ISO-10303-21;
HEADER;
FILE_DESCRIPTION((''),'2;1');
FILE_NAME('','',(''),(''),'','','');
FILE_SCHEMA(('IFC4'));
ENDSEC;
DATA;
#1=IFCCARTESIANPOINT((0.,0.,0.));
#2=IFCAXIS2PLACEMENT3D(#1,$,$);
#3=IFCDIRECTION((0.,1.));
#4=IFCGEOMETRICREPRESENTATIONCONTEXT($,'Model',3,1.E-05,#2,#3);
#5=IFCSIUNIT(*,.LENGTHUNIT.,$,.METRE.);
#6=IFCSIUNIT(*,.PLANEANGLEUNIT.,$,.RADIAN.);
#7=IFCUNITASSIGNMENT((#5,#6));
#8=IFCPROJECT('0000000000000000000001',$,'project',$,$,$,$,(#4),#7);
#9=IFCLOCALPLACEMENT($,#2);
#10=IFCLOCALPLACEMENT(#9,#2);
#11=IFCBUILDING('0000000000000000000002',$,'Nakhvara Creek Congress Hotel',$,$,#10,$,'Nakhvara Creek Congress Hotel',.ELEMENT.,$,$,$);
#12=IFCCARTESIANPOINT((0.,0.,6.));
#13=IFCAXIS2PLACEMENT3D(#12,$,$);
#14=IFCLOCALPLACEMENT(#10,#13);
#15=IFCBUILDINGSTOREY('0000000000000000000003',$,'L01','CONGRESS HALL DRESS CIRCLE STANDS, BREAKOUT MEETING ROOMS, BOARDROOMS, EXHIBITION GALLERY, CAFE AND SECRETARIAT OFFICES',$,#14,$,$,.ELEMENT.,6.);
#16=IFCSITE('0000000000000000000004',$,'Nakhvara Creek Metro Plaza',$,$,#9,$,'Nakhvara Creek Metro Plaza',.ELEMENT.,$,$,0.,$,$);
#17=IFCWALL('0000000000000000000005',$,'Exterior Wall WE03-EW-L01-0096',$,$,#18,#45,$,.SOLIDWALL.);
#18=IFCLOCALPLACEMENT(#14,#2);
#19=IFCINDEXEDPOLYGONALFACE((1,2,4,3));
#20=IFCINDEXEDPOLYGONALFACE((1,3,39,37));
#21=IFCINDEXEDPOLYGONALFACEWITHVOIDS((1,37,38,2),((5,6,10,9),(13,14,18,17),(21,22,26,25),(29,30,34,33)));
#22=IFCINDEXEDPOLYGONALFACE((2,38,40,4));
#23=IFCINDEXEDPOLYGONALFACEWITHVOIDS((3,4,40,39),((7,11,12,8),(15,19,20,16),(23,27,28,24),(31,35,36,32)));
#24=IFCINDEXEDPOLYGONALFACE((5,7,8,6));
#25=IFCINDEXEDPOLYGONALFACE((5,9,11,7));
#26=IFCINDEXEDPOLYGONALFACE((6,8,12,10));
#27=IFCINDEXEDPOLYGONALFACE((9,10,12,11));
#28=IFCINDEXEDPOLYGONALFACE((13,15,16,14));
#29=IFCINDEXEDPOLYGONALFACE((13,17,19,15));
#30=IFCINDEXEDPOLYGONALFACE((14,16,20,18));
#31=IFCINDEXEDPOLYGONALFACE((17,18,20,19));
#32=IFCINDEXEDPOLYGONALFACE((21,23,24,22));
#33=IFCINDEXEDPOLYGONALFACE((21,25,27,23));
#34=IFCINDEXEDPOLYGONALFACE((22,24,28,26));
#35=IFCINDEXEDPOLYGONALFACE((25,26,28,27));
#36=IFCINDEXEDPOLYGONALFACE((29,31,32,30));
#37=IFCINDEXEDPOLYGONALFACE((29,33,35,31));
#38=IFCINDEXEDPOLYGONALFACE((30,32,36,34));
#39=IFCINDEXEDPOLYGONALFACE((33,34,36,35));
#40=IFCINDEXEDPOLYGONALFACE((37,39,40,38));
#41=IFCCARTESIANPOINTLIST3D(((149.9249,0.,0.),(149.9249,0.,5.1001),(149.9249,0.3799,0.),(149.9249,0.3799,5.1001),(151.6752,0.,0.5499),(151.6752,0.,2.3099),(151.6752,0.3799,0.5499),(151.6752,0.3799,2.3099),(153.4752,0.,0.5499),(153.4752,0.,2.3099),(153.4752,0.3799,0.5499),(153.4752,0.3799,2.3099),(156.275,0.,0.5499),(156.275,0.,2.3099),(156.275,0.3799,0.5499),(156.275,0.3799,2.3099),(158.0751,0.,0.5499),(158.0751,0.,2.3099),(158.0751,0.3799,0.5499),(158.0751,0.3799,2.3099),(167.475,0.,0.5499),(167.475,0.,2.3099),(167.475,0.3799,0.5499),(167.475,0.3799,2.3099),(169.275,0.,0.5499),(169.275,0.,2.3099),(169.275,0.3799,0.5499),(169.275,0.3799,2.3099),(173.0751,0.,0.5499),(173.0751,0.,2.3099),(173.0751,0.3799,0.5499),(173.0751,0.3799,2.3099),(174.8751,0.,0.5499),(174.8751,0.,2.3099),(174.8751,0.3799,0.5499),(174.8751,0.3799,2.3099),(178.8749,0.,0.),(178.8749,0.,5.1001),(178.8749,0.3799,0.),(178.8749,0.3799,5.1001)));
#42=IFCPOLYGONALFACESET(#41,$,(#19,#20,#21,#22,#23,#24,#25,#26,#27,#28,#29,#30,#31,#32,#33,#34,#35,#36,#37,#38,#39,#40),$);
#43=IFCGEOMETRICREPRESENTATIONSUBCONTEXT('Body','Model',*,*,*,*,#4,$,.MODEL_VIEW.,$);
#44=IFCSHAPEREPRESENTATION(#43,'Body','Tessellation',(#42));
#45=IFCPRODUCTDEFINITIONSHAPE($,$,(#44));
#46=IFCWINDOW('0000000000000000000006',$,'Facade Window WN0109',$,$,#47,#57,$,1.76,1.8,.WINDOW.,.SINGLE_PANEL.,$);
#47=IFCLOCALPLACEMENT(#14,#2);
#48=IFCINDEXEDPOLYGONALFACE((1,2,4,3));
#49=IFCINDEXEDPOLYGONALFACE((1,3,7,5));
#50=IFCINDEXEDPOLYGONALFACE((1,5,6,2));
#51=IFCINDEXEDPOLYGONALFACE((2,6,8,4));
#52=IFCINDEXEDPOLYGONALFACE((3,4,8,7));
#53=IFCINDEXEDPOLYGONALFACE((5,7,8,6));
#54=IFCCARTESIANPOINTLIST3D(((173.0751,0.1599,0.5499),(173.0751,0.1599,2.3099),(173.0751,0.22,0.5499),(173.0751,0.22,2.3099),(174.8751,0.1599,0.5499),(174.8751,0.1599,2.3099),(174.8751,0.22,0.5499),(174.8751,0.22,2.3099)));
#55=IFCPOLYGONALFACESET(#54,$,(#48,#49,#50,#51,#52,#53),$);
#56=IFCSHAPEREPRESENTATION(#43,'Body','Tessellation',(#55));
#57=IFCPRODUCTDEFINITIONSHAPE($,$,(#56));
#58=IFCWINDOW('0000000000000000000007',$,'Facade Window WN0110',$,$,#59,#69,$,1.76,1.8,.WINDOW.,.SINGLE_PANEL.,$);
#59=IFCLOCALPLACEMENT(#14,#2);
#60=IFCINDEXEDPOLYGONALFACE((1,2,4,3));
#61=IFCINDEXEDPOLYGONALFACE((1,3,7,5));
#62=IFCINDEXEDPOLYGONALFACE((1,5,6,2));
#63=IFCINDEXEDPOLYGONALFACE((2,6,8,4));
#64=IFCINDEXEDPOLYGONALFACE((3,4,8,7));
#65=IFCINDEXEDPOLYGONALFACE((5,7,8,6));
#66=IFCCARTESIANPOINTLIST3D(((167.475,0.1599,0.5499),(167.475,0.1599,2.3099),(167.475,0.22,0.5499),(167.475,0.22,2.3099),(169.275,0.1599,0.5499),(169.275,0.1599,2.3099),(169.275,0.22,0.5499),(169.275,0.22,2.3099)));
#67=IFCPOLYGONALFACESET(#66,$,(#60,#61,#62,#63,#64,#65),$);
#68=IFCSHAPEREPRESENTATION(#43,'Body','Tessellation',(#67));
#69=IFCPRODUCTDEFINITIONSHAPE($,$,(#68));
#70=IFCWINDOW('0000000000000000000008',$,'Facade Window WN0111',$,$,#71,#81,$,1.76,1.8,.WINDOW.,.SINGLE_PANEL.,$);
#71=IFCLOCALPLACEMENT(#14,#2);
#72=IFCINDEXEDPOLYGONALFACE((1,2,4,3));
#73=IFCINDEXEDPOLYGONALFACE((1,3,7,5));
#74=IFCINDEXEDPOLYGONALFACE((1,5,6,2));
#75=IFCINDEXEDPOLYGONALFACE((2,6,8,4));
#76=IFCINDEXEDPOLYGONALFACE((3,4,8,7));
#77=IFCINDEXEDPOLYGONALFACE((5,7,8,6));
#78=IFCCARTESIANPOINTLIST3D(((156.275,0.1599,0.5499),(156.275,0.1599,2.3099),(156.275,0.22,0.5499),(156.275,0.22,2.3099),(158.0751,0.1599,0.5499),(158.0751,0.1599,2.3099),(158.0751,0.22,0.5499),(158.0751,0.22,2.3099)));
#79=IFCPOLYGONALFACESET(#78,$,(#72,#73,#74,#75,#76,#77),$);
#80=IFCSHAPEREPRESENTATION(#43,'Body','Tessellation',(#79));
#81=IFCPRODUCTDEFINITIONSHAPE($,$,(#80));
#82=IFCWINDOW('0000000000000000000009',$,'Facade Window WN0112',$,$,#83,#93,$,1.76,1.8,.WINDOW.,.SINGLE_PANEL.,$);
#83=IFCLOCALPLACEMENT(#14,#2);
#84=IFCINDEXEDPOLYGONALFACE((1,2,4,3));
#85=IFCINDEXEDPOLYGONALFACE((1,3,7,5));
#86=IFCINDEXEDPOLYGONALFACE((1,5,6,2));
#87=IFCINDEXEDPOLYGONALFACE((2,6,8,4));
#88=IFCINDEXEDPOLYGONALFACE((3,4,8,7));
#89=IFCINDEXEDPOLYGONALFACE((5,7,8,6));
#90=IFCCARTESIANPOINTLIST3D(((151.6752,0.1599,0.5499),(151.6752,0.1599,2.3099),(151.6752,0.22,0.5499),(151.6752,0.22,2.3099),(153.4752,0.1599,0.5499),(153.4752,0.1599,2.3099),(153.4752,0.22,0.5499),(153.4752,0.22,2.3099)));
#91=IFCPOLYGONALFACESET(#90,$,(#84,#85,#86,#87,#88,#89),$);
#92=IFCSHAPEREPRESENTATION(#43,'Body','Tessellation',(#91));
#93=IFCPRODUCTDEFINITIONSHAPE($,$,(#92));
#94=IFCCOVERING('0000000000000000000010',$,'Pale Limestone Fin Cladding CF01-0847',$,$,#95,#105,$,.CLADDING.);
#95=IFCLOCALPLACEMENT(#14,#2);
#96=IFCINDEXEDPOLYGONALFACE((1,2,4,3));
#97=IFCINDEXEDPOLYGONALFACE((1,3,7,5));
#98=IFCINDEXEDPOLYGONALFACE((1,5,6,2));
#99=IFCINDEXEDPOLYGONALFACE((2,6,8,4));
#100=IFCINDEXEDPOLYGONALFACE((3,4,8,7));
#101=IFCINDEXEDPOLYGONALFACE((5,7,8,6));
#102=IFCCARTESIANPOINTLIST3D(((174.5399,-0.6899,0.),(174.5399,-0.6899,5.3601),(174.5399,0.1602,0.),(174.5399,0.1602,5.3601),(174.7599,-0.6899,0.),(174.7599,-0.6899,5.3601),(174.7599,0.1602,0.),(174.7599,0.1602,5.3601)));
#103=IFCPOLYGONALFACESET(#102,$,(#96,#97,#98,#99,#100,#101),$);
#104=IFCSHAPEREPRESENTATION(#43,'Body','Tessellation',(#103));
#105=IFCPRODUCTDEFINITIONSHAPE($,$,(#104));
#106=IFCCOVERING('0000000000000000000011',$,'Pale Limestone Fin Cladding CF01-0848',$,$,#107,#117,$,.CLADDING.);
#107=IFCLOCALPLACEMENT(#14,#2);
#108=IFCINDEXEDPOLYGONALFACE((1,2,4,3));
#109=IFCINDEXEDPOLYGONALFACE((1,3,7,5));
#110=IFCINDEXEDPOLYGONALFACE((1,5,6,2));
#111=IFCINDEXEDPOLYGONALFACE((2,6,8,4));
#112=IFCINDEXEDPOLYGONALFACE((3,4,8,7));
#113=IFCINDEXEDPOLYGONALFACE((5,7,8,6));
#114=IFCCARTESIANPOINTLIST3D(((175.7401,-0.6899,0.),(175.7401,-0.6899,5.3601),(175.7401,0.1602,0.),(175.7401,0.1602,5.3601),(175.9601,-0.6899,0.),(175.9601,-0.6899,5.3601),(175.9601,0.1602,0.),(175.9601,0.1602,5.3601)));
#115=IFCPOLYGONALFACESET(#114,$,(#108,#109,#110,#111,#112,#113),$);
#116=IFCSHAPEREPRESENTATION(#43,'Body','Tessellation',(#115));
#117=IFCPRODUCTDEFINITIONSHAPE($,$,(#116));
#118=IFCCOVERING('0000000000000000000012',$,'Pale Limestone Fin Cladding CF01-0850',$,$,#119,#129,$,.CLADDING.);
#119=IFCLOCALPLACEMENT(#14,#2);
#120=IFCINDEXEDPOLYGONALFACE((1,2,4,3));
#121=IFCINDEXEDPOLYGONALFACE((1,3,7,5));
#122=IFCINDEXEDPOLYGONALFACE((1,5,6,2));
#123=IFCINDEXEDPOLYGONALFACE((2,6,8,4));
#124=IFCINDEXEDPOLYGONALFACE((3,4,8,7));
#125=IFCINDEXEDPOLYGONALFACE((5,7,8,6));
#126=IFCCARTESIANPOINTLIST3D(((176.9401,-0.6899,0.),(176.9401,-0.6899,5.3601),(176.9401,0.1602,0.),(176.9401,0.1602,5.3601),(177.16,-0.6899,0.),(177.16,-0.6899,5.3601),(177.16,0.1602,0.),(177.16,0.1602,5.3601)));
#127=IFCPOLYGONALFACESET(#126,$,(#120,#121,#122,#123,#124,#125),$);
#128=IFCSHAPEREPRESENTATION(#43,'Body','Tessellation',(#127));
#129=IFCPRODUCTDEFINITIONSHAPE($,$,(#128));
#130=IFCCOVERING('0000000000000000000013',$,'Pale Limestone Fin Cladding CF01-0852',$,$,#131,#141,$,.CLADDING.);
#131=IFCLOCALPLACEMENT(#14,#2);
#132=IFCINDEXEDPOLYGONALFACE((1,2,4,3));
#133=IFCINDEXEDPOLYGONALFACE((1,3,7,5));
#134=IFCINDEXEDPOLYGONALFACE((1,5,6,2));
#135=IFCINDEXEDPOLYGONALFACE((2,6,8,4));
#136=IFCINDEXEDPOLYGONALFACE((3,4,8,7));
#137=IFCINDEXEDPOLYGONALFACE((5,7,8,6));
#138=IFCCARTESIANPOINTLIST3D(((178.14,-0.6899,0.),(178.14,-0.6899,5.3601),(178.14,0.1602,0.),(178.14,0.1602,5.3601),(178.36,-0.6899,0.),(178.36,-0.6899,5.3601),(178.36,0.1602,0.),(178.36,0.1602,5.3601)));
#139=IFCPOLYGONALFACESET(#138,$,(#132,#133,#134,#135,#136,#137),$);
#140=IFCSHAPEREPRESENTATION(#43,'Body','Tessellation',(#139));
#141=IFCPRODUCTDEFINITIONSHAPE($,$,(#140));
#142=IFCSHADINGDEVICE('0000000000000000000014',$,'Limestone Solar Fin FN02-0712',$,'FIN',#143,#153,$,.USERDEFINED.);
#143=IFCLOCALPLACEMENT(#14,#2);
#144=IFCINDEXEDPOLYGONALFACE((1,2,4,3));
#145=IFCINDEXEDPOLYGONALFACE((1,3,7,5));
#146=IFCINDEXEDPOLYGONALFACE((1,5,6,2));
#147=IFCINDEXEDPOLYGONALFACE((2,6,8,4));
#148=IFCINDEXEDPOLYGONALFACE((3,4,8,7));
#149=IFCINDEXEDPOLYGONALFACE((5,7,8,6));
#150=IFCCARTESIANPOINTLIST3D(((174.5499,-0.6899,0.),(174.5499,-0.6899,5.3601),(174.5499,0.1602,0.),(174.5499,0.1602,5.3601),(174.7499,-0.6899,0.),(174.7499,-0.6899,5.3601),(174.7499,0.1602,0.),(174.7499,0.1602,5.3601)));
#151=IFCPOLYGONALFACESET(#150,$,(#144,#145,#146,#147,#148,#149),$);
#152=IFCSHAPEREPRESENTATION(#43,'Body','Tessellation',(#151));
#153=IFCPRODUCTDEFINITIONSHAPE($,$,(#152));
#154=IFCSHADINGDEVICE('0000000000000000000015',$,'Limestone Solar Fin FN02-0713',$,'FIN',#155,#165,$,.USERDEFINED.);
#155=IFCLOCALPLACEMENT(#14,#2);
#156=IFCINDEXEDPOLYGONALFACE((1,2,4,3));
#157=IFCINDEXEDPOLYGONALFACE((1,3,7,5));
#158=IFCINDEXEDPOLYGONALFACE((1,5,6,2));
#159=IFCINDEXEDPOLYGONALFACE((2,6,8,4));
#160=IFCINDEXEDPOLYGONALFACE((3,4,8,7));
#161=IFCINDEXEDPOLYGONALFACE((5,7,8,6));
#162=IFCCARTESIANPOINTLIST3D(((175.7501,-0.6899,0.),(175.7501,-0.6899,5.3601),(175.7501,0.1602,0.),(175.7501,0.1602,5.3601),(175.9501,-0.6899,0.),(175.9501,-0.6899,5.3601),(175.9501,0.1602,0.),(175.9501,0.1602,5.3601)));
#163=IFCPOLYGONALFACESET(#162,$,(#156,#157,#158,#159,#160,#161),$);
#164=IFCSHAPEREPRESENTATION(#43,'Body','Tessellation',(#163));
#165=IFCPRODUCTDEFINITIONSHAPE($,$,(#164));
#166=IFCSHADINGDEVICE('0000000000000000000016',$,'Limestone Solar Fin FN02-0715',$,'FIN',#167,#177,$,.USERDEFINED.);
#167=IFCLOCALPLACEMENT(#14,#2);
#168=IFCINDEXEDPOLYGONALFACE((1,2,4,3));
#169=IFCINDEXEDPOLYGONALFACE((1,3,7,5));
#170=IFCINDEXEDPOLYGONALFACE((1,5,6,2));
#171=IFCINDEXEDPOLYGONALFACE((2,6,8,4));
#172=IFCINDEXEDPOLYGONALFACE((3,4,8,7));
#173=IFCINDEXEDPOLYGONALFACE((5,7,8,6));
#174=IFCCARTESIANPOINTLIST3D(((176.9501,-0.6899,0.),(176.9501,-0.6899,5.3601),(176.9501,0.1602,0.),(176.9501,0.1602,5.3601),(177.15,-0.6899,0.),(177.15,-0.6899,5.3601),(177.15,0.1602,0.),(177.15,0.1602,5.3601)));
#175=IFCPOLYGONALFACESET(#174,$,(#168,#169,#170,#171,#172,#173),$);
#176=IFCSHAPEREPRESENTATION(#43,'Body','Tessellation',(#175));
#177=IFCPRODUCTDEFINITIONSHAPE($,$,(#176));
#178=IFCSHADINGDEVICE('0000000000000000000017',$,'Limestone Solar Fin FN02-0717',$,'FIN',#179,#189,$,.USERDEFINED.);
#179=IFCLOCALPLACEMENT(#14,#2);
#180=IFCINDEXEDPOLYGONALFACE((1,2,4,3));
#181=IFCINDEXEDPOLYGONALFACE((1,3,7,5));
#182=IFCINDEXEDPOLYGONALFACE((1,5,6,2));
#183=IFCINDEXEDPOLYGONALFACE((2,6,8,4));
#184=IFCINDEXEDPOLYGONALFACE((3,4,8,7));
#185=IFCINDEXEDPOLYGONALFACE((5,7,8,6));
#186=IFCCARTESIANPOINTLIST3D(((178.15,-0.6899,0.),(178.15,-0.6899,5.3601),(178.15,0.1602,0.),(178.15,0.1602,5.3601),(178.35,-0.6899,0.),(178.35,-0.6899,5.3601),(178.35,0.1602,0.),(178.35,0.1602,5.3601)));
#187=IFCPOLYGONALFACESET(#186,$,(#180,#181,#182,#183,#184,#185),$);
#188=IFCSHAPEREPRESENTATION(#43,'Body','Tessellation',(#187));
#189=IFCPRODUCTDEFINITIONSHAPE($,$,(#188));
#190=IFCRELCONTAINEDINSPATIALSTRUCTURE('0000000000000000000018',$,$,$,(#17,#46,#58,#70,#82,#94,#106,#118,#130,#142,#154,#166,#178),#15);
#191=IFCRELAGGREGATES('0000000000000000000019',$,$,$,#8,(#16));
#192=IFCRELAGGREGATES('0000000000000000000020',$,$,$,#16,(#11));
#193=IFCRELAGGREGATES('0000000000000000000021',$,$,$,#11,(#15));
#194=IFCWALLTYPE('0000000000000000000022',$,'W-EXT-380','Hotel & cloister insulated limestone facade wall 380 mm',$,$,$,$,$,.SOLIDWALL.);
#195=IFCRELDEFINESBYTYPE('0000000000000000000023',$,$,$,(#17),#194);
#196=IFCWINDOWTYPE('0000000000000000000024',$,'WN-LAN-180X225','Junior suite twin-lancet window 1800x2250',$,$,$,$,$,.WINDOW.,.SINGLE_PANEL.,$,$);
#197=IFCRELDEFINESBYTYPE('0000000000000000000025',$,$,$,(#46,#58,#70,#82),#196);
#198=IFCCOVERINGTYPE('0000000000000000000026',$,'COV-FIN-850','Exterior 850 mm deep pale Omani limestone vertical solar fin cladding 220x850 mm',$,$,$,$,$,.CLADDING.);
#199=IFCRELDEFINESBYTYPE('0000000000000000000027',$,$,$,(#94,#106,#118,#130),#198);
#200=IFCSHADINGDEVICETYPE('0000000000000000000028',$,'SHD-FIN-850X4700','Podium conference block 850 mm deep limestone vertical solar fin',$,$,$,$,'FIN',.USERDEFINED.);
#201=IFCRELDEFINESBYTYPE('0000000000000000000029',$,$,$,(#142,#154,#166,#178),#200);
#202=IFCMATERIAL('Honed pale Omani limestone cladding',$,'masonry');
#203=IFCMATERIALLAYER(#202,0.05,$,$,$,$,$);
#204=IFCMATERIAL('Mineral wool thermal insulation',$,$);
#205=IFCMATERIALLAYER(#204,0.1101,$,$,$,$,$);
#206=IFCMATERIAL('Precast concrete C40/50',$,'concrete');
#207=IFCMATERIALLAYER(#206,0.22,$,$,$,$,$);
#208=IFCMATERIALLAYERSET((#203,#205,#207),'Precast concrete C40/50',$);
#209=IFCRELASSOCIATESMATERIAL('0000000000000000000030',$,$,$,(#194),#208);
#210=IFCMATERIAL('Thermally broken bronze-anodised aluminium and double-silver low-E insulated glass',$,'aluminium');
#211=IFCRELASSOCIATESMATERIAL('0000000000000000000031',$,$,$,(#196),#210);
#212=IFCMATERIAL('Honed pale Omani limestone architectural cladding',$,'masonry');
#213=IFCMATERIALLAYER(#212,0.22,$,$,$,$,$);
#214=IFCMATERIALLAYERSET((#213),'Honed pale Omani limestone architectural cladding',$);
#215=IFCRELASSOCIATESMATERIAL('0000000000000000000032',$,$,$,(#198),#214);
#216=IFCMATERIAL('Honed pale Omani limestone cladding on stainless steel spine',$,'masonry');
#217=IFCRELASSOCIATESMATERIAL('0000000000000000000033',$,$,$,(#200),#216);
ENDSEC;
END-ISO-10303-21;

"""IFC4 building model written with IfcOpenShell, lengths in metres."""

from ifc_helpers import new_model, si_unit, direction, frame, frame_2d, origin, origin_2d, place, context, subcontext, project, spatial, rectangle, extrude, material, layer, layer_set, type_object, element, fill, save


model = new_model("IFC4")

# Units and contexts
model_context = context("Model", 3, precision=1e-05, world=origin(), true_north=direction((0.0, 1.0)))
body_context = subcontext(model_context, "Body", "Model", "MODEL_VIEW")
ifc_project = project(units=[si_unit("LENGTHUNIT", "METRE"), si_unit("PLANEANGLEUNIT", "RADIAN")], contexts=[model_context])

# Site, building, storey
site_placement = place(None, origin())
site = spatial("IfcSite", under=ifc_project, at=site_placement, Name="Nakhvara Creek Metro Plaza", LongName="Nakhvara Creek Metro Plaza", CompositionType="ELEMENT", RefElevation=0.0)
building_placement = place(site_placement, origin())
building = spatial("IfcBuilding", under=site, at=building_placement, Name="Nakhvara Creek Congress Hotel", LongName="Nakhvara Creek Congress Hotel", CompositionType="ELEMENT")
storey_placement = place(building_placement, frame((0.0, 0.0, 6.0)))
storey = spatial("IfcBuildingStorey", under=building, at=storey_placement, Name="L01", Description="CONGRESS HALL DRESS CIRCLE STANDS, BREAKOUT MEETING ROOMS, BOARDROOMS, EXHIBITION GALLERY, CAFE AND SECRETARIAT OFFICES", CompositionType="ELEMENT", Elevation=6.0)

# Wall, openings, windows
ifc_material_1 = material(Name="Honed pale Omani limestone cladding", Category="masonry")
ifc_layer_1 = layer(ifc_material_1, 0.05)
ifc_material_2 = material(Name="Mineral wool thermal insulation")
ifc_layer_2 = layer(ifc_material_2, 0.1101)
ifc_material_3 = material(Name="Precast concrete C40/50", Category="concrete")
ifc_layer_3 = layer(ifc_material_3, 0.22)
ifc_layer_set_1 = layer_set([ifc_layer_1, ifc_layer_2, ifc_layer_3], Name="Precast concrete C40/50")
wall_type = type_object("IfcWallType", Name="W-EXT-380", Description="Hotel & cloister insulated limestone facade wall 380 mm", PredefinedType="SOLIDWALL", material=ifc_layer_set_1)
wall_placement = place(storey_placement, frame((178.875, 0.1899, 0.0), z_axis=(0.0, 0.0, 1.0), x_axis=(-1.0, 0.0, 0.0)))
wall = element("IfcWall", 1, at=wall_placement, inside=storey, type_object=wall_type, Name="Exterior Wall WE03-EW-L01-0096", PredefinedType="SOLIDWALL", context=body_context, shape_type="SweptSolid", body=[
    extrude(rectangle(XDim=28.95, YDim=0.3799, at=frame_2d((14.4751, 0.0))), origin(), (0.0, 0.0, 1.0), 5.1001),
])
opening_1_placement = place(wall_placement, frame((4.0, 0.0, 0.55)))
opening_1 = element("IfcOpeningElement", 2, at=opening_1_placement, cuts=wall, PredefinedType="OPENING", context=body_context, shape_type="SweptSolid", body=[
    extrude(rectangle(XDim=1.8, YDim=1.76, at=frame_2d((0.8999, 0.8799))), frame((0.0, 0.2019, 0.0), z_axis=(0.0, -1.0, 0.0), x_axis=(1.0, 0.0, 0.0)), (0.0, 0.0, 1.0), 0.4038),
])
opening_2_placement = place(wall_placement, frame((9.6001, 0.0, 0.55)))
opening_2 = element("IfcOpeningElement", 3, at=opening_2_placement, cuts=wall, PredefinedType="OPENING", context=body_context, shape_type="SweptSolid", body=[
    extrude(rectangle(XDim=1.8, YDim=1.76, at=frame_2d((0.8999, 0.8799))), frame((0.0, 0.2019, 0.0), z_axis=(0.0, -1.0, 0.0), x_axis=(1.0, 0.0, 0.0)), (0.0, 0.0, 1.0), 0.4038),
])
opening_3_placement = place(wall_placement, frame((20.8, 0.0, 0.55)))
opening_3 = element("IfcOpeningElement", 4, at=opening_3_placement, cuts=wall, PredefinedType="OPENING", context=body_context, shape_type="SweptSolid", body=[
    extrude(rectangle(XDim=1.8, YDim=1.76, at=frame_2d((0.8999, 0.8799))), frame((0.0, 0.2019, 0.0), z_axis=(0.0, -1.0, 0.0), x_axis=(1.0, 0.0, 0.0)), (0.0, 0.0, 1.0), 0.4038),
])
opening_4_placement = place(wall_placement, frame((25.3999, 0.0, 0.55)))
opening_4 = element("IfcOpeningElement", 5, at=opening_4_placement, cuts=wall, PredefinedType="OPENING", context=body_context, shape_type="SweptSolid", body=[
    extrude(rectangle(XDim=1.8, YDim=1.76, at=frame_2d((0.8999, 0.8799))), frame((0.0, 0.2019, 0.0), z_axis=(0.0, -1.0, 0.0), x_axis=(1.0, 0.0, 0.0)), (0.0, 0.0, 1.0), 0.4038),
])
ifc_material_4 = material(Name="Thermally broken bronze-anodised aluminium and double-silver low-E insulated glass", Category="aluminium")
window_type = type_object("IfcWindowType", Name="WN-LAN-180X225", Description="Junior suite twin-lancet window 1800x2250", PartitioningType="SINGLE_PANEL", PredefinedType="WINDOW", material=ifc_material_4)
window_1_placement = place(opening_1_placement, origin())
window_1 = element("IfcWindow", 6, at=window_1_placement, inside=storey, type_object=window_type, Name="Facade Window WN0109", OverallHeight=1.76, OverallWidth=1.8, PartitioningType="SINGLE_PANEL", PredefinedType="WINDOW", context=body_context, shape_type="SweptSolid", body=[
    extrude(rectangle(XDim=1.8, YDim=1.76, at=frame_2d((0.8999, 0.8799))), frame((0.0, 0.03, 0.0), z_axis=(0.0, -1.0, 0.0), x_axis=(1.0, 0.0, 0.0)), (0.0, 0.0, 1.0), 0.0601),
])
fill(opening_1, window_1)
window_2_placement = place(opening_2_placement, origin())
window_2 = element("IfcWindow", 7, at=window_2_placement, inside=storey, type_object=window_type, Name="Facade Window WN0110", OverallHeight=1.76, OverallWidth=1.8, PartitioningType="SINGLE_PANEL", PredefinedType="WINDOW", context=body_context, shape_type="SweptSolid", body=[
    extrude(rectangle(XDim=1.8, YDim=1.76, at=frame_2d((0.8999, 0.8799))), frame((0.0, 0.03, 0.0), z_axis=(0.0, -1.0, 0.0), x_axis=(1.0, 0.0, 0.0)), (0.0, 0.0, 1.0), 0.0601),
])
fill(opening_2, window_2)
window_3_placement = place(opening_3_placement, origin())
window_3 = element("IfcWindow", 8, at=window_3_placement, inside=storey, type_object=window_type, Name="Facade Window WN0111", OverallHeight=1.76, OverallWidth=1.8, PartitioningType="SINGLE_PANEL", PredefinedType="WINDOW", context=body_context, shape_type="SweptSolid", body=[
    extrude(rectangle(XDim=1.8, YDim=1.76, at=frame_2d((0.8999, 0.8799))), frame((0.0, 0.03, 0.0), z_axis=(0.0, -1.0, 0.0), x_axis=(1.0, 0.0, 0.0)), (0.0, 0.0, 1.0), 0.0601),
])
fill(opening_3, window_3)
window_4_placement = place(opening_4_placement, origin())
window_4 = element("IfcWindow", 9, at=window_4_placement, inside=storey, type_object=window_type, Name="Facade Window WN0112", OverallHeight=1.76, OverallWidth=1.8, PartitioningType="SINGLE_PANEL", PredefinedType="WINDOW", context=body_context, shape_type="SweptSolid", body=[
    extrude(rectangle(XDim=1.8, YDim=1.76, at=frame_2d((0.8999, 0.8799))), frame((0.0, 0.03, 0.0), z_axis=(0.0, -1.0, 0.0), x_axis=(1.0, 0.0, 0.0)), (0.0, 0.0, 1.0), 0.0601),
])
fill(opening_4, window_4)

# Coverings
ifc_material_5 = material(Name="Honed pale Omani limestone architectural cladding", Category="masonry")
ifc_layer_4 = layer(ifc_material_5, 0.22)
ifc_layer_set_2 = layer_set([ifc_layer_4], Name="Honed pale Omani limestone architectural cladding")
covering_type = type_object("IfcCoveringType", Name="COV-FIN-850", Description="Exterior 850 mm deep pale Omani limestone vertical solar fin cladding 220x850 mm", PredefinedType="CLADDING", material=ifc_layer_set_2)
for number, where, z_axis, x_axis, name in (
    (10, (174.6499, -0.2649, 0.0), (0.0, 0.0, 1.0), (1.0, 0.0, 0.0), "Pale Limestone Fin Cladding CF01-0847"),
    (11, (175.8501, -0.2649, 0.0), (0.0, 0.0, 1.0), (1.0, 0.0, 0.0), "Pale Limestone Fin Cladding CF01-0848"),
    (12, (177.05, -0.2649, 0.0), (0.0, 0.0, 1.0), (1.0, 0.0, 0.0), "Pale Limestone Fin Cladding CF01-0850"),
    (13, (178.25, -0.2649, 0.0), (0.0, 0.0, 1.0), (1.0, 0.0, 0.0), "Pale Limestone Fin Cladding CF01-0852"),
):
    element("IfcCovering", number, at=place(storey_placement, frame(where, z_axis=z_axis, x_axis=x_axis)), inside=storey, type_object=covering_type, Name=name, PredefinedType="CLADDING", context=body_context, shape_type="SweptSolid", body=[
        extrude(rectangle(XDim=0.22, YDim=0.8501, at=origin_2d()), origin(), (0.0, 0.0, 1.0), 5.3601),
    ])

# Shading devices
ifc_material_6 = material(Name="Honed pale Omani limestone cladding on stainless steel spine", Category="masonry")
shading_device_type = type_object("IfcShadingDeviceType", Name="SHD-FIN-850X4700", Description="Podium conference block 850 mm deep limestone vertical solar fin", ElementType="FIN", PredefinedType="USERDEFINED", material=ifc_material_6)
for number, where, z_axis, x_axis, name in (
    (14, (174.6499, -0.2649, 0.0), (0.0, 0.0, 1.0), (1.0, 0.0, 0.0), "Limestone Solar Fin FN02-0712"),
    (15, (175.8501, -0.2649, 0.0), (0.0, 0.0, 1.0), (1.0, 0.0, 0.0), "Limestone Solar Fin FN02-0713"),
    (16, (177.05, -0.2649, 0.0), (0.0, 0.0, 1.0), (1.0, 0.0, 0.0), "Limestone Solar Fin FN02-0715"),
    (17, (178.25, -0.2649, 0.0), (0.0, 0.0, 1.0), (1.0, 0.0, 0.0), "Limestone Solar Fin FN02-0717"),
):
    element("IfcShadingDevice", number, at=place(storey_placement, frame(where, z_axis=z_axis, x_axis=x_axis)), inside=storey, type_object=shading_device_type, Name=name, ObjectType="FIN", PredefinedType="USERDEFINED", context=body_context, shape_type="SweptSolid", body=[
        extrude(rectangle(XDim=0.2, YDim=0.8501, at=origin_2d()), origin(), (0.0, 0.0, 1.0), 5.3601),
    ])

save(model, "model.ifc")
